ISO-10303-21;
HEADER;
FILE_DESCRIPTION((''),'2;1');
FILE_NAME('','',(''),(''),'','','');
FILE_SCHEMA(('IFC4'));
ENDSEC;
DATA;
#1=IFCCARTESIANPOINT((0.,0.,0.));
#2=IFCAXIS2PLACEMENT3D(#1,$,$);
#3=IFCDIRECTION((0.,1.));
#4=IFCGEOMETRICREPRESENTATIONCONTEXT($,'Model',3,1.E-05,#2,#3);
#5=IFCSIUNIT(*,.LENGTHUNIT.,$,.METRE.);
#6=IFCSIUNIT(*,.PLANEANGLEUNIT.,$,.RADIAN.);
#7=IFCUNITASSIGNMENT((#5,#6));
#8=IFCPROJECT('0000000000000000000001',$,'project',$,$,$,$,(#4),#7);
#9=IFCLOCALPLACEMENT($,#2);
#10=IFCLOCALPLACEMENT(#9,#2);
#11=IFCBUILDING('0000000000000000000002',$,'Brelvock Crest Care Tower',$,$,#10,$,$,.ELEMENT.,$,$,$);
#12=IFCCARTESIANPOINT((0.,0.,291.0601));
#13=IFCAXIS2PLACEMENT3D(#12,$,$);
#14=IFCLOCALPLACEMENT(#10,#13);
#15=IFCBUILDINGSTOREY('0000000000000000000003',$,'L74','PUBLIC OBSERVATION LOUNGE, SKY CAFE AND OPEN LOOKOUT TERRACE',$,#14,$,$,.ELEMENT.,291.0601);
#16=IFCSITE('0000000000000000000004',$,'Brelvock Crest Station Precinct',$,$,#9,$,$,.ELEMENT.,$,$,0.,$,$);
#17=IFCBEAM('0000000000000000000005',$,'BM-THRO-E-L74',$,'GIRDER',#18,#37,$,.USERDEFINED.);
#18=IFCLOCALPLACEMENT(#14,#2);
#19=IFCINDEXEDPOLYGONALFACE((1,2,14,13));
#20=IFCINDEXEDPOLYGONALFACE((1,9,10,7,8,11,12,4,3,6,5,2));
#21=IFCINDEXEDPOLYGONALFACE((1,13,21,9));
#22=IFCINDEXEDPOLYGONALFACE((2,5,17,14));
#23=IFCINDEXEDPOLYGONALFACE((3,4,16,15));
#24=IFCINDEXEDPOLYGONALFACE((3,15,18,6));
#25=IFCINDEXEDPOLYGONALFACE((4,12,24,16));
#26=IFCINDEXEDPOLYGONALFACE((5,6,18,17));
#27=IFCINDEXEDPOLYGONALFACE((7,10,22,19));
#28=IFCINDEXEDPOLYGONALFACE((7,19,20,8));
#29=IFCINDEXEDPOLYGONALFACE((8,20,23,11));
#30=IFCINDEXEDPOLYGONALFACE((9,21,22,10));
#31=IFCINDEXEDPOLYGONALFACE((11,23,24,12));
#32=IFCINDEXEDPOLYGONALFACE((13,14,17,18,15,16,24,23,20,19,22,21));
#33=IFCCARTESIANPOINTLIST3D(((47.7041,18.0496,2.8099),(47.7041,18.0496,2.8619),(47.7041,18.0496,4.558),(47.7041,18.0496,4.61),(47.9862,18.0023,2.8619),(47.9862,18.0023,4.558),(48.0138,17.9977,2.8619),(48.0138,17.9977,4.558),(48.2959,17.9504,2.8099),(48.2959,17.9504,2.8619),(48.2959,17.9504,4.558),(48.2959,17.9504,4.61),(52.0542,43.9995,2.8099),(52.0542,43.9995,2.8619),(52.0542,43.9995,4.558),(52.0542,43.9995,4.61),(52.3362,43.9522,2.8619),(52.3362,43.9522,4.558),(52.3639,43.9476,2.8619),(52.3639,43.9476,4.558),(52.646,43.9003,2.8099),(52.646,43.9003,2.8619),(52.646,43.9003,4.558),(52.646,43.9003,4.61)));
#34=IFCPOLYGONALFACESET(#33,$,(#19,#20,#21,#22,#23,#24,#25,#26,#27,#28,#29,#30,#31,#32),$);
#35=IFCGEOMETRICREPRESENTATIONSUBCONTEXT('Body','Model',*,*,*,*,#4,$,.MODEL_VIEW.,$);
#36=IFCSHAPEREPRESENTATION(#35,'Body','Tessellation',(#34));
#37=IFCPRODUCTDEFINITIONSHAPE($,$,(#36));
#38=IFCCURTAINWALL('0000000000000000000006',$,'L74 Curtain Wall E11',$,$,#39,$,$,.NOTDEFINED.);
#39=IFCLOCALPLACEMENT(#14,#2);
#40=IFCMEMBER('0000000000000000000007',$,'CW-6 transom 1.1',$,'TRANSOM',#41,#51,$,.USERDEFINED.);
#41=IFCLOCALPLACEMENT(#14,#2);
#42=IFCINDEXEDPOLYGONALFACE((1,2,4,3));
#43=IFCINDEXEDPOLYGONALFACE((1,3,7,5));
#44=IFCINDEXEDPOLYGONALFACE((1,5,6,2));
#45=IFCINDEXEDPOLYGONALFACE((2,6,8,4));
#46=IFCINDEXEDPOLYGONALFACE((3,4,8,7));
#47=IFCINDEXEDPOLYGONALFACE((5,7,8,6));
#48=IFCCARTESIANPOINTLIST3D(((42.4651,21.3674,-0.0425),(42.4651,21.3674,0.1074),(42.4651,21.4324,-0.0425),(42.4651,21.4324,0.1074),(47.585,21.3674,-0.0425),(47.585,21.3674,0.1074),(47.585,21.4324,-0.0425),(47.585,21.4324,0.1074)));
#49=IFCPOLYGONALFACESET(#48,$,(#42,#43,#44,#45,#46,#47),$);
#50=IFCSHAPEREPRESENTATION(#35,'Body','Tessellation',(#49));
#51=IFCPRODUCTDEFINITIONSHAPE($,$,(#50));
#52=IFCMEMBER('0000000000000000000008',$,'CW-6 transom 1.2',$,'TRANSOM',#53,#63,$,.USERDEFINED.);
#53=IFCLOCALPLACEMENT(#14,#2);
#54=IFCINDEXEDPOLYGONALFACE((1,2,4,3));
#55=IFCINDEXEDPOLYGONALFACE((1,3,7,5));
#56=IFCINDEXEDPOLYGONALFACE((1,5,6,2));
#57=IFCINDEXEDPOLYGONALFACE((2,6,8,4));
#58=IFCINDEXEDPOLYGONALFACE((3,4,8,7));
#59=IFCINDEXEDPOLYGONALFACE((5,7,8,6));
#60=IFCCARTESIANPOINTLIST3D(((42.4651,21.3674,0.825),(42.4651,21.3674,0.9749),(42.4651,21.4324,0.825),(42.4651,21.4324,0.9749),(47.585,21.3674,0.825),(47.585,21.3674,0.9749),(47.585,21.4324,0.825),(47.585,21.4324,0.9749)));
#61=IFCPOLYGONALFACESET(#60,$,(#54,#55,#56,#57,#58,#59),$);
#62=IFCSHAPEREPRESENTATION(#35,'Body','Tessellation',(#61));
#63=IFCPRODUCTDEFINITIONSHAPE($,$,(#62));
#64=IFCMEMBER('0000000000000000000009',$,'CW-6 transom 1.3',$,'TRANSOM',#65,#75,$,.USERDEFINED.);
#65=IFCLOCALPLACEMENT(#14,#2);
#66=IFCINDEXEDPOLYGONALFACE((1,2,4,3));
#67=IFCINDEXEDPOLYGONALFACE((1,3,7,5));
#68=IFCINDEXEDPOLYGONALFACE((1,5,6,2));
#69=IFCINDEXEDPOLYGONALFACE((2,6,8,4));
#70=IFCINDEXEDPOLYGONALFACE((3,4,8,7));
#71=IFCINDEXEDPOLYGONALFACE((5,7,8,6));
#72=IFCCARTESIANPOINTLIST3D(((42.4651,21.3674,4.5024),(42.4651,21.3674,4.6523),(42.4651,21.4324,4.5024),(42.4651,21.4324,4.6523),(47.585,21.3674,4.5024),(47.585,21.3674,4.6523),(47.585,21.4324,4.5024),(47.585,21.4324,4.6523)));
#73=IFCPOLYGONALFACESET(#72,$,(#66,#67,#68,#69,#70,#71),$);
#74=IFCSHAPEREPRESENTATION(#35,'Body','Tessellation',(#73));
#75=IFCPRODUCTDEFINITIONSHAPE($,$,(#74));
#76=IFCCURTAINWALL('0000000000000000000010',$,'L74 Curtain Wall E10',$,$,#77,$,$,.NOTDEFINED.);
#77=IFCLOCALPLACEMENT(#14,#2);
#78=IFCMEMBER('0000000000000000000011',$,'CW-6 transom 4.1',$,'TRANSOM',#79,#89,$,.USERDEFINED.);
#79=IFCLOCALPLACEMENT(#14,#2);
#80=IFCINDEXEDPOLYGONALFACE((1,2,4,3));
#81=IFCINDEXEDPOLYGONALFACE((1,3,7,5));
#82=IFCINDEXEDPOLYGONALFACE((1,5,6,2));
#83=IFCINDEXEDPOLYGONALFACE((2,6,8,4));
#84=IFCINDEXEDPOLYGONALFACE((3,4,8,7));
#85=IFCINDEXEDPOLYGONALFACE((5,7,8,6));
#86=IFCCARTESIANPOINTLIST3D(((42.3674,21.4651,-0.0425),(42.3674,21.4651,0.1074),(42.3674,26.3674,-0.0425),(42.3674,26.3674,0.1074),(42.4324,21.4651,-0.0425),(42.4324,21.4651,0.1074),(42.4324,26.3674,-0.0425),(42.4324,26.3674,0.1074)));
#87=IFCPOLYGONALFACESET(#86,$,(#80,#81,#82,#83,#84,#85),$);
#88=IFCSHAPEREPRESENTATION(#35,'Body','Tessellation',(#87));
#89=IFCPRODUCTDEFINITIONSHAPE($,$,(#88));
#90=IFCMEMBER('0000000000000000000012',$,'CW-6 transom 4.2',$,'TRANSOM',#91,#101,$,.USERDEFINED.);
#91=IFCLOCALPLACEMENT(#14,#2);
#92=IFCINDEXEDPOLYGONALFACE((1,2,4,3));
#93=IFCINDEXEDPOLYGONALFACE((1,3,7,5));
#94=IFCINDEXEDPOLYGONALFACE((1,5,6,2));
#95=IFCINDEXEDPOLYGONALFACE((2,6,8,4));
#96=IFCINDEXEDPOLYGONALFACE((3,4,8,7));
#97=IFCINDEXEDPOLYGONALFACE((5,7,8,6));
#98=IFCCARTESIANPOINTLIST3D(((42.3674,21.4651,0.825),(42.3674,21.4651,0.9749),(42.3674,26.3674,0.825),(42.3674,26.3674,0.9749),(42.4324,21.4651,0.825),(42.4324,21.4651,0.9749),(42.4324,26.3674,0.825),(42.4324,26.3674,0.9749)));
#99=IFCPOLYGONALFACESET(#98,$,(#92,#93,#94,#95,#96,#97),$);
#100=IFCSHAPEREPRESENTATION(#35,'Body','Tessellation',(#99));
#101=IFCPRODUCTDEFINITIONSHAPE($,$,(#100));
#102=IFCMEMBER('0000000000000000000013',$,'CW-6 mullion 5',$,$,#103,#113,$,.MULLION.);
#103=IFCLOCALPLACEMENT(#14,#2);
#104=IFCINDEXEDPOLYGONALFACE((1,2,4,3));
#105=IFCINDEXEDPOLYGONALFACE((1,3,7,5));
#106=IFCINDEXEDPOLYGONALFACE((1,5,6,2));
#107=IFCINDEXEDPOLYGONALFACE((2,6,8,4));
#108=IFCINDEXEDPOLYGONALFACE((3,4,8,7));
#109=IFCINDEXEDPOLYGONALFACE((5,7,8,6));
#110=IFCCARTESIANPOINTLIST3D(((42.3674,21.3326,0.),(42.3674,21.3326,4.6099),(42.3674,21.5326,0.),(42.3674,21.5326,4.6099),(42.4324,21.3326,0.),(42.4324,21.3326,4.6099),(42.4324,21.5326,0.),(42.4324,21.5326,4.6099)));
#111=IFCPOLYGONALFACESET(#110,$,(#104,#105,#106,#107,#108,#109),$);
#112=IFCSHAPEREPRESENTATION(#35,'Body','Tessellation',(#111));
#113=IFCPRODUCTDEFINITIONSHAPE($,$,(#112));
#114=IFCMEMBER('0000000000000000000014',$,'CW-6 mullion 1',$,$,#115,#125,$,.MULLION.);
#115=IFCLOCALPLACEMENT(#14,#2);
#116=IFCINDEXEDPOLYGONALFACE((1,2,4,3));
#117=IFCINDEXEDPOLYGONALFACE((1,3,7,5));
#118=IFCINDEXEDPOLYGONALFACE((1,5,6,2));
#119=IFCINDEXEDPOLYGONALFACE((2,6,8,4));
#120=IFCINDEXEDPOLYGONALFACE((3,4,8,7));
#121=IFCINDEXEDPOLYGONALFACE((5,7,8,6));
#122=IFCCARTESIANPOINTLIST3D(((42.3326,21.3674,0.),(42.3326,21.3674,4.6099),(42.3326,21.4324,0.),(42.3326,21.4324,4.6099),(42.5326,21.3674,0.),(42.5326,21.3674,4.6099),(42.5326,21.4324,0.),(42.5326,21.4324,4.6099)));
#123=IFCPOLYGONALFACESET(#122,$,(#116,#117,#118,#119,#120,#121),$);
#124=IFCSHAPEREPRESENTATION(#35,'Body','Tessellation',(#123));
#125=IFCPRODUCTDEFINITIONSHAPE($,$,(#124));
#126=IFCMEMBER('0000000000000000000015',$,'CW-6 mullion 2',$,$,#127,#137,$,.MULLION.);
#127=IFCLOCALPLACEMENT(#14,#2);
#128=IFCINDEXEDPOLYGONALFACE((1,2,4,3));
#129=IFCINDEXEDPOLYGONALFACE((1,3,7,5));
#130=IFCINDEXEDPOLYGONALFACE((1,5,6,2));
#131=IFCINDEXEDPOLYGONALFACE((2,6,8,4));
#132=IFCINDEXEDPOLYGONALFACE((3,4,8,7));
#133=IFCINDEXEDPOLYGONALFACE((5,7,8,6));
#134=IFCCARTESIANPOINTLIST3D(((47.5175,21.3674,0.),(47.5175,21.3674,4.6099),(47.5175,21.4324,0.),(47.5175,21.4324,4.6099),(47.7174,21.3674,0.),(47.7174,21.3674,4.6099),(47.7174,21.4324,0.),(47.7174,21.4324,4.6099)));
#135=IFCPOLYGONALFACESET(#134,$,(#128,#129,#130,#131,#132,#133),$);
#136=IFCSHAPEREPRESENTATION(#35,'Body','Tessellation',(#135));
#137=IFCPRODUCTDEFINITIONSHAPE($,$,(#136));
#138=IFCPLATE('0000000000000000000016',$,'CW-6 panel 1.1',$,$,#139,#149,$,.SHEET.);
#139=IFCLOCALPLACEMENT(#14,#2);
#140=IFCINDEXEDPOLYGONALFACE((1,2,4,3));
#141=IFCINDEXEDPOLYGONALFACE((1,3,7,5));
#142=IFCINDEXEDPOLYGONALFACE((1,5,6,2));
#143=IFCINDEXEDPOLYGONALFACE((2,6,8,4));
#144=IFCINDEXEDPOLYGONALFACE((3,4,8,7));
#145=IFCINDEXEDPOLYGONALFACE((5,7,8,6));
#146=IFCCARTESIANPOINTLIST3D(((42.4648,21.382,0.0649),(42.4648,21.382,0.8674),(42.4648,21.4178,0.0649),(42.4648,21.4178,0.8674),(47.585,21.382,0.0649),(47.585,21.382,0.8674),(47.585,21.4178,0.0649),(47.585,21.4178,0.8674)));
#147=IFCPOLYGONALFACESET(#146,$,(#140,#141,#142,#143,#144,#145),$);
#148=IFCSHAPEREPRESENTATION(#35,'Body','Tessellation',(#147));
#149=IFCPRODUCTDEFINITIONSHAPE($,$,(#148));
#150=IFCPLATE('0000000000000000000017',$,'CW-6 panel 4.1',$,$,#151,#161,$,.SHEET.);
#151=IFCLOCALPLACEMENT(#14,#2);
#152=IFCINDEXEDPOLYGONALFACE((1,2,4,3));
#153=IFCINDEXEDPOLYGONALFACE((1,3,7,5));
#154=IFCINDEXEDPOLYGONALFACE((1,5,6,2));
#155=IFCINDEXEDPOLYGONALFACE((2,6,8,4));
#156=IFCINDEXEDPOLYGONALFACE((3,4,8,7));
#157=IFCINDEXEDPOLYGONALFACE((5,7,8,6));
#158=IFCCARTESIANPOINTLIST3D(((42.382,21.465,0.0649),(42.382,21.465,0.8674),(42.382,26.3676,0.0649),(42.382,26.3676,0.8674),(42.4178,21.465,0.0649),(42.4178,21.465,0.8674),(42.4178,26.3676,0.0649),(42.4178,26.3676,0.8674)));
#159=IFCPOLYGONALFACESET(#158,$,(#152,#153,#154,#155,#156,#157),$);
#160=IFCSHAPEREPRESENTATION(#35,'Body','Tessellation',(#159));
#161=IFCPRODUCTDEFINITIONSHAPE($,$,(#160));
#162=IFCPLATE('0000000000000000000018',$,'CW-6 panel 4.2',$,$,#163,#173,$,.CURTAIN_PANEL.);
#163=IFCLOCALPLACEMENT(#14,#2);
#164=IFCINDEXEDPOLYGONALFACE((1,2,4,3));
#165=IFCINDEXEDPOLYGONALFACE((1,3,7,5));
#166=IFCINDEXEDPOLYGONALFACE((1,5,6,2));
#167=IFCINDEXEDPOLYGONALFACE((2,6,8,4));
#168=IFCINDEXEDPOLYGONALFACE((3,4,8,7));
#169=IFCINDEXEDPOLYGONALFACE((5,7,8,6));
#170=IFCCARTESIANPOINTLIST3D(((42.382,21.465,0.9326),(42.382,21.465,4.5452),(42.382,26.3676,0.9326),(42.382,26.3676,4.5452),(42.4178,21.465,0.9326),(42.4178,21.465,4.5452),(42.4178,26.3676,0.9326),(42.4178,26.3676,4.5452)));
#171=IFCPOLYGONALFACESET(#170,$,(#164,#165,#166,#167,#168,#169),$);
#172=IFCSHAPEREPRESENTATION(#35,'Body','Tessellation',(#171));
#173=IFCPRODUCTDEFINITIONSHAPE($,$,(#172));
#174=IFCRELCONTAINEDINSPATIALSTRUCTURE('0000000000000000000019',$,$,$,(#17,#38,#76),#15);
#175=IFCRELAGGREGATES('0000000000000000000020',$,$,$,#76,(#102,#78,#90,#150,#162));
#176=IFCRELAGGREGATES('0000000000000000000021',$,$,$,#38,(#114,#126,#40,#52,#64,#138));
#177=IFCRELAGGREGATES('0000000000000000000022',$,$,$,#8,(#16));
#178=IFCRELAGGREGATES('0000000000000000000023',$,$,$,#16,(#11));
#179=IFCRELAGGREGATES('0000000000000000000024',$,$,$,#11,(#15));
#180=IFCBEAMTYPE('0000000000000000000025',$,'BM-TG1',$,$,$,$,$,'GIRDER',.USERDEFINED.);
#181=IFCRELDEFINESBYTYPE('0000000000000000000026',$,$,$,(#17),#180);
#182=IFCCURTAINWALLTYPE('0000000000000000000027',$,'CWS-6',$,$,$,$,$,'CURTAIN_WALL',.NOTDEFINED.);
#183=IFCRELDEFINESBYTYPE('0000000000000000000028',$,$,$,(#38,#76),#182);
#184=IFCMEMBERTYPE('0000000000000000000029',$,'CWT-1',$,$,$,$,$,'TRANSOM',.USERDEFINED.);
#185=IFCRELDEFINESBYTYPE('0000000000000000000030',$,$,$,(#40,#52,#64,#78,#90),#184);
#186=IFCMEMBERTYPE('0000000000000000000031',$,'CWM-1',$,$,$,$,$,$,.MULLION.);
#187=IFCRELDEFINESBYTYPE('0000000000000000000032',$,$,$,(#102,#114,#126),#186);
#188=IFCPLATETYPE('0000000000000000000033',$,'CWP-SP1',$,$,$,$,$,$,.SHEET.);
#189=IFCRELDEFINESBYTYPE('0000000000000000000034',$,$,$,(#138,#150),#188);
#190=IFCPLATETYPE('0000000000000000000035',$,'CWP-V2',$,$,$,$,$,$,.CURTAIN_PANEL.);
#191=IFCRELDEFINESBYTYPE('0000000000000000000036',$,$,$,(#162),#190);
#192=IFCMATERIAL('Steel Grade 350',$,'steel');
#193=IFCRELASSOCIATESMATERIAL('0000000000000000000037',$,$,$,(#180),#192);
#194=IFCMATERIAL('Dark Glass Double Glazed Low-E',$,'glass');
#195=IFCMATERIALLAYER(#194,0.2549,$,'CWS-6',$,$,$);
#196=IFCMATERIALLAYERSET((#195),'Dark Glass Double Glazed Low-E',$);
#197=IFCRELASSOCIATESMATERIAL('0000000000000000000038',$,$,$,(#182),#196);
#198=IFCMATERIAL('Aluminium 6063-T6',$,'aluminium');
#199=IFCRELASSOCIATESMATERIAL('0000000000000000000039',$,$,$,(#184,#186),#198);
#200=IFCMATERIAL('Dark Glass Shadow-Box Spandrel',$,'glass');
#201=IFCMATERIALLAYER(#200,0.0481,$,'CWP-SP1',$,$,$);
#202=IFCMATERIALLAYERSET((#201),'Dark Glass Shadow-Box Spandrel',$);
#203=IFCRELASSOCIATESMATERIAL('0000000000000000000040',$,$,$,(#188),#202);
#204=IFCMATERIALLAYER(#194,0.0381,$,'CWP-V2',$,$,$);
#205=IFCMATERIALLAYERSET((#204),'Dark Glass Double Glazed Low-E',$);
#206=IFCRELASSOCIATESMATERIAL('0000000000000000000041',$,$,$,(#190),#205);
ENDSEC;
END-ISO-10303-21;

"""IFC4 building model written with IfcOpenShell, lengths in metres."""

from ifc_helpers import new_model, si_unit, direction, frame, origin, origin_2d, place, context, subcontext, project, spatial, rectangle, i_section, extrude, source, transform, mapped, material, layer, layer_set, material_profile, profile_set, type_object, element, aggregate, save


model = new_model("IFC4")

# Units and contexts
model_context = context("Model", 3, precision=1e-05, world=origin(), true_north=direction((0.0, 1.0)))
body_context = subcontext(model_context, "Body", "Model", "MODEL_VIEW")
ifc_project = project(units=[si_unit("LENGTHUNIT", "METRE"), si_unit("PLANEANGLEUNIT", "RADIAN")], contexts=[model_context])

# Site, building, storey
site_placement = place(None, origin())
site = spatial("IfcSite", under=ifc_project, at=site_placement, Name="Brelvock Crest Station Precinct", CompositionType="ELEMENT", RefElevation=0.0)
building_placement = place(site_placement, origin())
building = spatial("IfcBuilding", under=site, at=building_placement, Name="Brelvock Crest Care Tower", CompositionType="ELEMENT")
storey_placement = place(building_placement, frame((0.0, 0.0, 291.0601)))
storey = spatial("IfcBuildingStorey", under=building, at=storey_placement, Name="L74", Description="PUBLIC OBSERVATION LOUNGE, SKY CAFE AND OPEN LOOKOUT TERRACE", CompositionType="ELEMENT", Elevation=291.0601)

# Beam
ifc_material_1 = material(Name="Steel Grade 350", Category="steel")
ifc_material_profile_1 = material_profile(ifc_material_1, i_section(OverallWidth=0.6001, OverallDepth=1.8, WebThickness=0.0281, FlangeThickness=0.052, at=origin_2d()), Name="1800TG740")
ifc_profile_set_1 = profile_set([ifc_material_profile_1], Name="Steel Grade 350")
beam_type = type_object("IfcBeamType", Name="BM-TG1", ElementType="GIRDER", PredefinedType="USERDEFINED", material=ifc_profile_set_1)
shared_shape_1 = source(origin(), body_context, "Body", "SweptSolid", [
    extrude(i_section(OverallWidth=0.6001, OverallDepth=1.8, WebThickness=0.0281, FlangeThickness=0.052, at=origin_2d()), origin(), (0.0, 0.0, 1.0), 26.312),
])
beam_placement = place(storey_placement, frame((48.0, 18.0, 3.71), z_axis=(0.165327, 0.986239, 0.0), x_axis=(-0.986239, 0.165327, 0.0)))
element("IfcBeam", 1, at=beam_placement, inside=storey, type_object=beam_type, Name="BM-THRO-E-L74", ObjectType="GIRDER", PredefinedType="USERDEFINED", context=body_context, shape_type="MappedRepresentation", body=[
    mapped(shared_shape_1, transform((0.0, 0.0, 0.0), x_axis=(1.0, 0.0, 0.0), y_axis=(0.0, 1.0, 0.0), z_axis=(0.0, 0.0, 1.0), scale=1.0)),
])

# Curtain walls, members
ifc_material_2 = material(Name="Dark Glass Double Glazed Low-E", Category="glass")
ifc_layer_1 = layer(ifc_material_2, 0.2549, Name="CWS-6")
ifc_layer_set_1 = layer_set([ifc_layer_1], Name="Dark Glass Double Glazed Low-E")
curtain_wall_type = type_object("IfcCurtainWallType", Name="CWS-6", ElementType="CURTAIN_WALL", PredefinedType="NOTDEFINED", material=ifc_layer_set_1)
curtain_wall_1_placement = place(storey_placement, origin())
curtain_wall_1 = element("IfcCurtainWall", 2, at=curtain_wall_1_placement, inside=storey, type_object=curtain_wall_type, Name="L74 Curtain Wall E11", PredefinedType="NOTDEFINED")
ifc_material_3 = material(Name="Aluminium 6063-T6", Category="aluminium")
ifc_material_profile_2 = material_profile(ifc_material_3, rectangle(XDim=0.0649, YDim=0.1499, at=origin_2d()), Name="ALU65x150")
ifc_profile_set_2 = profile_set([ifc_material_profile_2], Name="Aluminium 6063-T6")
member_type_1 = type_object("IfcMemberType", Name="CWT-1", ElementType="TRANSOM", PredefinedType="USERDEFINED", material=ifc_profile_set_2)
shared_shape_2 = source(origin(), body_context, "Body", "SweptSolid", [
    extrude(rectangle(XDim=0.0649, YDim=0.1499, at=origin_2d()), origin(), (0.0, 0.0, 1.0), 5.1199),
])
member_1_placement = place(storey_placement, frame((42.4651, 21.3999, 0.0325), z_axis=(1.0, 0.0, 0.0), x_axis=(0.0, 1.0, 0.0)))
member_1 = element("IfcMember", 3, at=member_1_placement, type_object=member_type_1, Name="CW-6 transom 1.1", ObjectType="TRANSOM", PredefinedType="USERDEFINED", context=body_context, shape_type="MappedRepresentation", body=[
    mapped(shared_shape_2, transform((0.0, 0.0, 0.0), x_axis=(1.0, 0.0, 0.0), y_axis=(0.0, 1.0, 0.0), z_axis=(0.0, 0.0, 1.0), scale=1.0)),
])
member_2_placement = place(storey_placement, frame((42.4651, 21.3999, 0.8999), z_axis=(1.0, 0.0, 0.0), x_axis=(0.0, 1.0, 0.0)))
member_2 = element("IfcMember", 4, at=member_2_placement, type_object=member_type_1, Name="CW-6 transom 1.2", ObjectType="TRANSOM", PredefinedType="USERDEFINED", context=body_context, shape_type="MappedRepresentation", body=[
    mapped(shared_shape_2, transform((0.0, 0.0, 0.0), x_axis=(1.0, 0.0, 0.0), y_axis=(0.0, 1.0, 0.0), z_axis=(0.0, 0.0, 1.0), scale=1.0)),
])
member_3_placement = place(storey_placement, frame((42.4651, 21.3999, 4.5774), z_axis=(1.0, 0.0, 0.0), x_axis=(0.0, 1.0, 0.0)))
member_3 = element("IfcMember", 5, at=member_3_placement, type_object=member_type_1, Name="CW-6 transom 1.3", ObjectType="TRANSOM", PredefinedType="USERDEFINED", context=body_context, shape_type="MappedRepresentation", body=[
    mapped(shared_shape_2, transform((0.0, 0.0, 0.0), x_axis=(1.0, 0.0, 0.0), y_axis=(0.0, 1.0, 0.0), z_axis=(0.0, 0.0, 1.0), scale=1.0)),
])
curtain_wall_2_placement = place(storey_placement, origin())
curtain_wall_2 = element("IfcCurtainWall", 6, at=curtain_wall_2_placement, inside=storey, type_object=curtain_wall_type, Name="L74 Curtain Wall E10", PredefinedType="NOTDEFINED")
shared_shape_3 = source(origin(), body_context, "Body", "SweptSolid", [
    extrude(rectangle(XDim=0.0649, YDim=0.1499, at=origin_2d()), origin(), (0.0, 0.0, 1.0), 4.9023),
])
member_4_placement = place(storey_placement, frame((42.3999, 26.3674, 0.0325), z_axis=(0.0, -1.0, 0.0), x_axis=(1.0, 0.0, 0.0)))
member_4 = element("IfcMember", 7, at=member_4_placement, type_object=member_type_1, Name="CW-6 transom 4.1", ObjectType="TRANSOM", PredefinedType="USERDEFINED", context=body_context, shape_type="MappedRepresentation", body=[
    mapped(shared_shape_3, transform((0.0, 0.0, 0.0), x_axis=(1.0, 0.0, 0.0), y_axis=(0.0, 1.0, 0.0), z_axis=(0.0, 0.0, 1.0), scale=1.0)),
])
member_5_placement = place(storey_placement, frame((42.3999, 26.3674, 0.8999), z_axis=(0.0, -1.0, 0.0), x_axis=(1.0, 0.0, 0.0)))
member_5 = element("IfcMember", 8, at=member_5_placement, type_object=member_type_1, Name="CW-6 transom 4.2", ObjectType="TRANSOM", PredefinedType="USERDEFINED", context=body_context, shape_type="MappedRepresentation", body=[
    mapped(shared_shape_3, transform((0.0, 0.0, 0.0), x_axis=(1.0, 0.0, 0.0), y_axis=(0.0, 1.0, 0.0), z_axis=(0.0, 0.0, 1.0), scale=1.0)),
])
ifc_material_profile_3 = material_profile(ifc_material_3, rectangle(XDim=0.0649, YDim=0.2, at=origin_2d()), Name="ALU65x200")
ifc_profile_set_3 = profile_set([ifc_material_profile_3], Name="Aluminium 6063-T6")
member_type_2 = type_object("IfcMemberType", Name="CWM-1", PredefinedType="MULLION", material=ifc_profile_set_3)
shared_shape_4 = source(origin(), body_context, "Body", "SweptSolid", [
    extrude(rectangle(XDim=0.0649, YDim=0.2, at=origin_2d()), origin(), (0.0, 0.0, 1.0), 4.6099),
])
member_6_placement = place(storey_placement, frame((42.3999, 21.4326, 0.0), z_axis=(0.0, 0.0, 1.0), x_axis=(1.0, 0.0, 0.0)))
member_6 = element("IfcMember", 9, at=member_6_placement, type_object=member_type_2, Name="CW-6 mullion 5", PredefinedType="MULLION", context=body_context, shape_type="MappedRepresentation", body=[
    mapped(shared_shape_4, transform((0.0, 0.0, 0.0), x_axis=(1.0, 0.0, 0.0), y_axis=(0.0, 1.0, 0.0), z_axis=(0.0, 0.0, 1.0), scale=1.0)),
])

# Members
member_7_placement = place(storey_placement, frame((42.4326, 21.3999, 0.0), z_axis=(0.0, 0.0, 1.0), x_axis=(0.0, 1.0, 0.0)))
member_7 = element("IfcMember", 10, at=member_7_placement, type_object=member_type_2, Name="CW-6 mullion 1", PredefinedType="MULLION", context=body_context, shape_type="MappedRepresentation", body=[
    mapped(shared_shape_4, transform((0.0, 0.0, 0.0), x_axis=(1.0, 0.0, 0.0), y_axis=(0.0, 1.0, 0.0), z_axis=(0.0, 0.0, 1.0), scale=1.0)),
])
member_8_placement = place(storey_placement, frame((47.6174, 21.3999, 0.0), z_axis=(0.0, 0.0, 1.0), x_axis=(0.0, 1.0, 0.0)))
member_8 = element("IfcMember", 11, at=member_8_placement, type_object=member_type_2, Name="CW-6 mullion 2", PredefinedType="MULLION", context=body_context, shape_type="MappedRepresentation", body=[
    mapped(shared_shape_4, transform((0.0, 0.0, 0.0), x_axis=(1.0, 0.0, 0.0), y_axis=(0.0, 1.0, 0.0), z_axis=(0.0, 0.0, 1.0), scale=1.0)),
])

# Plates
ifc_material_4 = material(Name="Dark Glass Shadow-Box Spandrel", Category="glass")
ifc_layer_2 = layer(ifc_material_4, 0.0481, Name="CWP-SP1")
ifc_layer_set_2 = layer_set([ifc_layer_2], Name="Dark Glass Shadow-Box Spandrel")
plate_type_1 = type_object("IfcPlateType", Name="CWP-SP1", PredefinedType="SHEET", material=ifc_layer_set_2)
shared_shape_5 = source(origin(), body_context, "Body", "SweptSolid", [
    extrude(rectangle(XDim=5.1201, YDim=0.0359, at=origin_2d()), origin(), (0.0, 0.0, 1.0), 0.8025),
])
plate_1_placement = place(storey_placement, frame((45.0249, 21.3999, 0.0649), z_axis=(0.0, 0.0, 1.0), x_axis=(1.0, 0.0, 0.0)))
plate_1 = element("IfcPlate", 12, at=plate_1_placement, type_object=plate_type_1, Name="CW-6 panel 1.1", PredefinedType="SHEET", context=body_context, shape_type="MappedRepresentation", body=[
    mapped(shared_shape_5, transform((0.0, 0.0, 0.0), x_axis=(1.0, 0.0, 0.0), y_axis=(0.0, 1.0, 0.0), z_axis=(0.0, 0.0, 1.0), scale=1.0)),
])
shared_shape_6 = source(origin(), body_context, "Body", "SweptSolid", [
    extrude(rectangle(XDim=4.9026, YDim=0.0359, at=origin_2d()), origin(), (0.0, 0.0, 1.0), 0.8025),
])
plate_2_placement = place(storey_placement, frame((42.3999, 23.9163, 0.0649), z_axis=(0.0, 0.0, 1.0), x_axis=(0.0, -1.0, 0.0)))
plate_2 = element("IfcPlate", 13, at=plate_2_placement, type_object=plate_type_1, Name="CW-6 panel 4.1", PredefinedType="SHEET", context=body_context, shape_type="MappedRepresentation", body=[
    mapped(shared_shape_6, transform((0.0, 0.0, 0.0), x_axis=(1.0, 0.0, 0.0), y_axis=(0.0, 1.0, 0.0), z_axis=(0.0, 0.0, 1.0), scale=1.0)),
])
ifc_layer_3 = layer(ifc_material_2, 0.0381, Name="CWP-V2")
ifc_layer_set_3 = layer_set([ifc_layer_3], Name="Dark Glass Double Glazed Low-E")
plate_type_2 = type_object("IfcPlateType", Name="CWP-V2", PredefinedType="CURTAIN_PANEL", material=ifc_layer_set_3)
shared_shape_7 = source(origin(), body_context, "Body", "SweptSolid", [
    extrude(rectangle(XDim=4.9026, YDim=0.0359, at=origin_2d()), origin(), (0.0, 0.0, 1.0), 3.6125),
])
plate_3_placement = place(storey_placement, frame((42.3999, 23.9163, 0.9326), z_axis=(0.0, 0.0, 1.0), x_axis=(0.0, -1.0, 0.0)))
plate_3 = element("IfcPlate", 14, at=plate_3_placement, type_object=plate_type_2, Name="CW-6 panel 4.2", PredefinedType="CURTAIN_PANEL", context=body_context, shape_type="MappedRepresentation", body=[
    mapped(shared_shape_7, transform((0.0, 0.0, 0.0), x_axis=(1.0, 0.0, 0.0), y_axis=(0.0, 1.0, 0.0), z_axis=(0.0, 0.0, 1.0), scale=1.0)),
])
aggregate(curtain_wall_2, [member_6, member_4, member_5, plate_2, plate_3])
aggregate(curtain_wall_1, [member_7, member_8, member_1, member_2, member_3, plate_1])

save(model, "model.ifc")
